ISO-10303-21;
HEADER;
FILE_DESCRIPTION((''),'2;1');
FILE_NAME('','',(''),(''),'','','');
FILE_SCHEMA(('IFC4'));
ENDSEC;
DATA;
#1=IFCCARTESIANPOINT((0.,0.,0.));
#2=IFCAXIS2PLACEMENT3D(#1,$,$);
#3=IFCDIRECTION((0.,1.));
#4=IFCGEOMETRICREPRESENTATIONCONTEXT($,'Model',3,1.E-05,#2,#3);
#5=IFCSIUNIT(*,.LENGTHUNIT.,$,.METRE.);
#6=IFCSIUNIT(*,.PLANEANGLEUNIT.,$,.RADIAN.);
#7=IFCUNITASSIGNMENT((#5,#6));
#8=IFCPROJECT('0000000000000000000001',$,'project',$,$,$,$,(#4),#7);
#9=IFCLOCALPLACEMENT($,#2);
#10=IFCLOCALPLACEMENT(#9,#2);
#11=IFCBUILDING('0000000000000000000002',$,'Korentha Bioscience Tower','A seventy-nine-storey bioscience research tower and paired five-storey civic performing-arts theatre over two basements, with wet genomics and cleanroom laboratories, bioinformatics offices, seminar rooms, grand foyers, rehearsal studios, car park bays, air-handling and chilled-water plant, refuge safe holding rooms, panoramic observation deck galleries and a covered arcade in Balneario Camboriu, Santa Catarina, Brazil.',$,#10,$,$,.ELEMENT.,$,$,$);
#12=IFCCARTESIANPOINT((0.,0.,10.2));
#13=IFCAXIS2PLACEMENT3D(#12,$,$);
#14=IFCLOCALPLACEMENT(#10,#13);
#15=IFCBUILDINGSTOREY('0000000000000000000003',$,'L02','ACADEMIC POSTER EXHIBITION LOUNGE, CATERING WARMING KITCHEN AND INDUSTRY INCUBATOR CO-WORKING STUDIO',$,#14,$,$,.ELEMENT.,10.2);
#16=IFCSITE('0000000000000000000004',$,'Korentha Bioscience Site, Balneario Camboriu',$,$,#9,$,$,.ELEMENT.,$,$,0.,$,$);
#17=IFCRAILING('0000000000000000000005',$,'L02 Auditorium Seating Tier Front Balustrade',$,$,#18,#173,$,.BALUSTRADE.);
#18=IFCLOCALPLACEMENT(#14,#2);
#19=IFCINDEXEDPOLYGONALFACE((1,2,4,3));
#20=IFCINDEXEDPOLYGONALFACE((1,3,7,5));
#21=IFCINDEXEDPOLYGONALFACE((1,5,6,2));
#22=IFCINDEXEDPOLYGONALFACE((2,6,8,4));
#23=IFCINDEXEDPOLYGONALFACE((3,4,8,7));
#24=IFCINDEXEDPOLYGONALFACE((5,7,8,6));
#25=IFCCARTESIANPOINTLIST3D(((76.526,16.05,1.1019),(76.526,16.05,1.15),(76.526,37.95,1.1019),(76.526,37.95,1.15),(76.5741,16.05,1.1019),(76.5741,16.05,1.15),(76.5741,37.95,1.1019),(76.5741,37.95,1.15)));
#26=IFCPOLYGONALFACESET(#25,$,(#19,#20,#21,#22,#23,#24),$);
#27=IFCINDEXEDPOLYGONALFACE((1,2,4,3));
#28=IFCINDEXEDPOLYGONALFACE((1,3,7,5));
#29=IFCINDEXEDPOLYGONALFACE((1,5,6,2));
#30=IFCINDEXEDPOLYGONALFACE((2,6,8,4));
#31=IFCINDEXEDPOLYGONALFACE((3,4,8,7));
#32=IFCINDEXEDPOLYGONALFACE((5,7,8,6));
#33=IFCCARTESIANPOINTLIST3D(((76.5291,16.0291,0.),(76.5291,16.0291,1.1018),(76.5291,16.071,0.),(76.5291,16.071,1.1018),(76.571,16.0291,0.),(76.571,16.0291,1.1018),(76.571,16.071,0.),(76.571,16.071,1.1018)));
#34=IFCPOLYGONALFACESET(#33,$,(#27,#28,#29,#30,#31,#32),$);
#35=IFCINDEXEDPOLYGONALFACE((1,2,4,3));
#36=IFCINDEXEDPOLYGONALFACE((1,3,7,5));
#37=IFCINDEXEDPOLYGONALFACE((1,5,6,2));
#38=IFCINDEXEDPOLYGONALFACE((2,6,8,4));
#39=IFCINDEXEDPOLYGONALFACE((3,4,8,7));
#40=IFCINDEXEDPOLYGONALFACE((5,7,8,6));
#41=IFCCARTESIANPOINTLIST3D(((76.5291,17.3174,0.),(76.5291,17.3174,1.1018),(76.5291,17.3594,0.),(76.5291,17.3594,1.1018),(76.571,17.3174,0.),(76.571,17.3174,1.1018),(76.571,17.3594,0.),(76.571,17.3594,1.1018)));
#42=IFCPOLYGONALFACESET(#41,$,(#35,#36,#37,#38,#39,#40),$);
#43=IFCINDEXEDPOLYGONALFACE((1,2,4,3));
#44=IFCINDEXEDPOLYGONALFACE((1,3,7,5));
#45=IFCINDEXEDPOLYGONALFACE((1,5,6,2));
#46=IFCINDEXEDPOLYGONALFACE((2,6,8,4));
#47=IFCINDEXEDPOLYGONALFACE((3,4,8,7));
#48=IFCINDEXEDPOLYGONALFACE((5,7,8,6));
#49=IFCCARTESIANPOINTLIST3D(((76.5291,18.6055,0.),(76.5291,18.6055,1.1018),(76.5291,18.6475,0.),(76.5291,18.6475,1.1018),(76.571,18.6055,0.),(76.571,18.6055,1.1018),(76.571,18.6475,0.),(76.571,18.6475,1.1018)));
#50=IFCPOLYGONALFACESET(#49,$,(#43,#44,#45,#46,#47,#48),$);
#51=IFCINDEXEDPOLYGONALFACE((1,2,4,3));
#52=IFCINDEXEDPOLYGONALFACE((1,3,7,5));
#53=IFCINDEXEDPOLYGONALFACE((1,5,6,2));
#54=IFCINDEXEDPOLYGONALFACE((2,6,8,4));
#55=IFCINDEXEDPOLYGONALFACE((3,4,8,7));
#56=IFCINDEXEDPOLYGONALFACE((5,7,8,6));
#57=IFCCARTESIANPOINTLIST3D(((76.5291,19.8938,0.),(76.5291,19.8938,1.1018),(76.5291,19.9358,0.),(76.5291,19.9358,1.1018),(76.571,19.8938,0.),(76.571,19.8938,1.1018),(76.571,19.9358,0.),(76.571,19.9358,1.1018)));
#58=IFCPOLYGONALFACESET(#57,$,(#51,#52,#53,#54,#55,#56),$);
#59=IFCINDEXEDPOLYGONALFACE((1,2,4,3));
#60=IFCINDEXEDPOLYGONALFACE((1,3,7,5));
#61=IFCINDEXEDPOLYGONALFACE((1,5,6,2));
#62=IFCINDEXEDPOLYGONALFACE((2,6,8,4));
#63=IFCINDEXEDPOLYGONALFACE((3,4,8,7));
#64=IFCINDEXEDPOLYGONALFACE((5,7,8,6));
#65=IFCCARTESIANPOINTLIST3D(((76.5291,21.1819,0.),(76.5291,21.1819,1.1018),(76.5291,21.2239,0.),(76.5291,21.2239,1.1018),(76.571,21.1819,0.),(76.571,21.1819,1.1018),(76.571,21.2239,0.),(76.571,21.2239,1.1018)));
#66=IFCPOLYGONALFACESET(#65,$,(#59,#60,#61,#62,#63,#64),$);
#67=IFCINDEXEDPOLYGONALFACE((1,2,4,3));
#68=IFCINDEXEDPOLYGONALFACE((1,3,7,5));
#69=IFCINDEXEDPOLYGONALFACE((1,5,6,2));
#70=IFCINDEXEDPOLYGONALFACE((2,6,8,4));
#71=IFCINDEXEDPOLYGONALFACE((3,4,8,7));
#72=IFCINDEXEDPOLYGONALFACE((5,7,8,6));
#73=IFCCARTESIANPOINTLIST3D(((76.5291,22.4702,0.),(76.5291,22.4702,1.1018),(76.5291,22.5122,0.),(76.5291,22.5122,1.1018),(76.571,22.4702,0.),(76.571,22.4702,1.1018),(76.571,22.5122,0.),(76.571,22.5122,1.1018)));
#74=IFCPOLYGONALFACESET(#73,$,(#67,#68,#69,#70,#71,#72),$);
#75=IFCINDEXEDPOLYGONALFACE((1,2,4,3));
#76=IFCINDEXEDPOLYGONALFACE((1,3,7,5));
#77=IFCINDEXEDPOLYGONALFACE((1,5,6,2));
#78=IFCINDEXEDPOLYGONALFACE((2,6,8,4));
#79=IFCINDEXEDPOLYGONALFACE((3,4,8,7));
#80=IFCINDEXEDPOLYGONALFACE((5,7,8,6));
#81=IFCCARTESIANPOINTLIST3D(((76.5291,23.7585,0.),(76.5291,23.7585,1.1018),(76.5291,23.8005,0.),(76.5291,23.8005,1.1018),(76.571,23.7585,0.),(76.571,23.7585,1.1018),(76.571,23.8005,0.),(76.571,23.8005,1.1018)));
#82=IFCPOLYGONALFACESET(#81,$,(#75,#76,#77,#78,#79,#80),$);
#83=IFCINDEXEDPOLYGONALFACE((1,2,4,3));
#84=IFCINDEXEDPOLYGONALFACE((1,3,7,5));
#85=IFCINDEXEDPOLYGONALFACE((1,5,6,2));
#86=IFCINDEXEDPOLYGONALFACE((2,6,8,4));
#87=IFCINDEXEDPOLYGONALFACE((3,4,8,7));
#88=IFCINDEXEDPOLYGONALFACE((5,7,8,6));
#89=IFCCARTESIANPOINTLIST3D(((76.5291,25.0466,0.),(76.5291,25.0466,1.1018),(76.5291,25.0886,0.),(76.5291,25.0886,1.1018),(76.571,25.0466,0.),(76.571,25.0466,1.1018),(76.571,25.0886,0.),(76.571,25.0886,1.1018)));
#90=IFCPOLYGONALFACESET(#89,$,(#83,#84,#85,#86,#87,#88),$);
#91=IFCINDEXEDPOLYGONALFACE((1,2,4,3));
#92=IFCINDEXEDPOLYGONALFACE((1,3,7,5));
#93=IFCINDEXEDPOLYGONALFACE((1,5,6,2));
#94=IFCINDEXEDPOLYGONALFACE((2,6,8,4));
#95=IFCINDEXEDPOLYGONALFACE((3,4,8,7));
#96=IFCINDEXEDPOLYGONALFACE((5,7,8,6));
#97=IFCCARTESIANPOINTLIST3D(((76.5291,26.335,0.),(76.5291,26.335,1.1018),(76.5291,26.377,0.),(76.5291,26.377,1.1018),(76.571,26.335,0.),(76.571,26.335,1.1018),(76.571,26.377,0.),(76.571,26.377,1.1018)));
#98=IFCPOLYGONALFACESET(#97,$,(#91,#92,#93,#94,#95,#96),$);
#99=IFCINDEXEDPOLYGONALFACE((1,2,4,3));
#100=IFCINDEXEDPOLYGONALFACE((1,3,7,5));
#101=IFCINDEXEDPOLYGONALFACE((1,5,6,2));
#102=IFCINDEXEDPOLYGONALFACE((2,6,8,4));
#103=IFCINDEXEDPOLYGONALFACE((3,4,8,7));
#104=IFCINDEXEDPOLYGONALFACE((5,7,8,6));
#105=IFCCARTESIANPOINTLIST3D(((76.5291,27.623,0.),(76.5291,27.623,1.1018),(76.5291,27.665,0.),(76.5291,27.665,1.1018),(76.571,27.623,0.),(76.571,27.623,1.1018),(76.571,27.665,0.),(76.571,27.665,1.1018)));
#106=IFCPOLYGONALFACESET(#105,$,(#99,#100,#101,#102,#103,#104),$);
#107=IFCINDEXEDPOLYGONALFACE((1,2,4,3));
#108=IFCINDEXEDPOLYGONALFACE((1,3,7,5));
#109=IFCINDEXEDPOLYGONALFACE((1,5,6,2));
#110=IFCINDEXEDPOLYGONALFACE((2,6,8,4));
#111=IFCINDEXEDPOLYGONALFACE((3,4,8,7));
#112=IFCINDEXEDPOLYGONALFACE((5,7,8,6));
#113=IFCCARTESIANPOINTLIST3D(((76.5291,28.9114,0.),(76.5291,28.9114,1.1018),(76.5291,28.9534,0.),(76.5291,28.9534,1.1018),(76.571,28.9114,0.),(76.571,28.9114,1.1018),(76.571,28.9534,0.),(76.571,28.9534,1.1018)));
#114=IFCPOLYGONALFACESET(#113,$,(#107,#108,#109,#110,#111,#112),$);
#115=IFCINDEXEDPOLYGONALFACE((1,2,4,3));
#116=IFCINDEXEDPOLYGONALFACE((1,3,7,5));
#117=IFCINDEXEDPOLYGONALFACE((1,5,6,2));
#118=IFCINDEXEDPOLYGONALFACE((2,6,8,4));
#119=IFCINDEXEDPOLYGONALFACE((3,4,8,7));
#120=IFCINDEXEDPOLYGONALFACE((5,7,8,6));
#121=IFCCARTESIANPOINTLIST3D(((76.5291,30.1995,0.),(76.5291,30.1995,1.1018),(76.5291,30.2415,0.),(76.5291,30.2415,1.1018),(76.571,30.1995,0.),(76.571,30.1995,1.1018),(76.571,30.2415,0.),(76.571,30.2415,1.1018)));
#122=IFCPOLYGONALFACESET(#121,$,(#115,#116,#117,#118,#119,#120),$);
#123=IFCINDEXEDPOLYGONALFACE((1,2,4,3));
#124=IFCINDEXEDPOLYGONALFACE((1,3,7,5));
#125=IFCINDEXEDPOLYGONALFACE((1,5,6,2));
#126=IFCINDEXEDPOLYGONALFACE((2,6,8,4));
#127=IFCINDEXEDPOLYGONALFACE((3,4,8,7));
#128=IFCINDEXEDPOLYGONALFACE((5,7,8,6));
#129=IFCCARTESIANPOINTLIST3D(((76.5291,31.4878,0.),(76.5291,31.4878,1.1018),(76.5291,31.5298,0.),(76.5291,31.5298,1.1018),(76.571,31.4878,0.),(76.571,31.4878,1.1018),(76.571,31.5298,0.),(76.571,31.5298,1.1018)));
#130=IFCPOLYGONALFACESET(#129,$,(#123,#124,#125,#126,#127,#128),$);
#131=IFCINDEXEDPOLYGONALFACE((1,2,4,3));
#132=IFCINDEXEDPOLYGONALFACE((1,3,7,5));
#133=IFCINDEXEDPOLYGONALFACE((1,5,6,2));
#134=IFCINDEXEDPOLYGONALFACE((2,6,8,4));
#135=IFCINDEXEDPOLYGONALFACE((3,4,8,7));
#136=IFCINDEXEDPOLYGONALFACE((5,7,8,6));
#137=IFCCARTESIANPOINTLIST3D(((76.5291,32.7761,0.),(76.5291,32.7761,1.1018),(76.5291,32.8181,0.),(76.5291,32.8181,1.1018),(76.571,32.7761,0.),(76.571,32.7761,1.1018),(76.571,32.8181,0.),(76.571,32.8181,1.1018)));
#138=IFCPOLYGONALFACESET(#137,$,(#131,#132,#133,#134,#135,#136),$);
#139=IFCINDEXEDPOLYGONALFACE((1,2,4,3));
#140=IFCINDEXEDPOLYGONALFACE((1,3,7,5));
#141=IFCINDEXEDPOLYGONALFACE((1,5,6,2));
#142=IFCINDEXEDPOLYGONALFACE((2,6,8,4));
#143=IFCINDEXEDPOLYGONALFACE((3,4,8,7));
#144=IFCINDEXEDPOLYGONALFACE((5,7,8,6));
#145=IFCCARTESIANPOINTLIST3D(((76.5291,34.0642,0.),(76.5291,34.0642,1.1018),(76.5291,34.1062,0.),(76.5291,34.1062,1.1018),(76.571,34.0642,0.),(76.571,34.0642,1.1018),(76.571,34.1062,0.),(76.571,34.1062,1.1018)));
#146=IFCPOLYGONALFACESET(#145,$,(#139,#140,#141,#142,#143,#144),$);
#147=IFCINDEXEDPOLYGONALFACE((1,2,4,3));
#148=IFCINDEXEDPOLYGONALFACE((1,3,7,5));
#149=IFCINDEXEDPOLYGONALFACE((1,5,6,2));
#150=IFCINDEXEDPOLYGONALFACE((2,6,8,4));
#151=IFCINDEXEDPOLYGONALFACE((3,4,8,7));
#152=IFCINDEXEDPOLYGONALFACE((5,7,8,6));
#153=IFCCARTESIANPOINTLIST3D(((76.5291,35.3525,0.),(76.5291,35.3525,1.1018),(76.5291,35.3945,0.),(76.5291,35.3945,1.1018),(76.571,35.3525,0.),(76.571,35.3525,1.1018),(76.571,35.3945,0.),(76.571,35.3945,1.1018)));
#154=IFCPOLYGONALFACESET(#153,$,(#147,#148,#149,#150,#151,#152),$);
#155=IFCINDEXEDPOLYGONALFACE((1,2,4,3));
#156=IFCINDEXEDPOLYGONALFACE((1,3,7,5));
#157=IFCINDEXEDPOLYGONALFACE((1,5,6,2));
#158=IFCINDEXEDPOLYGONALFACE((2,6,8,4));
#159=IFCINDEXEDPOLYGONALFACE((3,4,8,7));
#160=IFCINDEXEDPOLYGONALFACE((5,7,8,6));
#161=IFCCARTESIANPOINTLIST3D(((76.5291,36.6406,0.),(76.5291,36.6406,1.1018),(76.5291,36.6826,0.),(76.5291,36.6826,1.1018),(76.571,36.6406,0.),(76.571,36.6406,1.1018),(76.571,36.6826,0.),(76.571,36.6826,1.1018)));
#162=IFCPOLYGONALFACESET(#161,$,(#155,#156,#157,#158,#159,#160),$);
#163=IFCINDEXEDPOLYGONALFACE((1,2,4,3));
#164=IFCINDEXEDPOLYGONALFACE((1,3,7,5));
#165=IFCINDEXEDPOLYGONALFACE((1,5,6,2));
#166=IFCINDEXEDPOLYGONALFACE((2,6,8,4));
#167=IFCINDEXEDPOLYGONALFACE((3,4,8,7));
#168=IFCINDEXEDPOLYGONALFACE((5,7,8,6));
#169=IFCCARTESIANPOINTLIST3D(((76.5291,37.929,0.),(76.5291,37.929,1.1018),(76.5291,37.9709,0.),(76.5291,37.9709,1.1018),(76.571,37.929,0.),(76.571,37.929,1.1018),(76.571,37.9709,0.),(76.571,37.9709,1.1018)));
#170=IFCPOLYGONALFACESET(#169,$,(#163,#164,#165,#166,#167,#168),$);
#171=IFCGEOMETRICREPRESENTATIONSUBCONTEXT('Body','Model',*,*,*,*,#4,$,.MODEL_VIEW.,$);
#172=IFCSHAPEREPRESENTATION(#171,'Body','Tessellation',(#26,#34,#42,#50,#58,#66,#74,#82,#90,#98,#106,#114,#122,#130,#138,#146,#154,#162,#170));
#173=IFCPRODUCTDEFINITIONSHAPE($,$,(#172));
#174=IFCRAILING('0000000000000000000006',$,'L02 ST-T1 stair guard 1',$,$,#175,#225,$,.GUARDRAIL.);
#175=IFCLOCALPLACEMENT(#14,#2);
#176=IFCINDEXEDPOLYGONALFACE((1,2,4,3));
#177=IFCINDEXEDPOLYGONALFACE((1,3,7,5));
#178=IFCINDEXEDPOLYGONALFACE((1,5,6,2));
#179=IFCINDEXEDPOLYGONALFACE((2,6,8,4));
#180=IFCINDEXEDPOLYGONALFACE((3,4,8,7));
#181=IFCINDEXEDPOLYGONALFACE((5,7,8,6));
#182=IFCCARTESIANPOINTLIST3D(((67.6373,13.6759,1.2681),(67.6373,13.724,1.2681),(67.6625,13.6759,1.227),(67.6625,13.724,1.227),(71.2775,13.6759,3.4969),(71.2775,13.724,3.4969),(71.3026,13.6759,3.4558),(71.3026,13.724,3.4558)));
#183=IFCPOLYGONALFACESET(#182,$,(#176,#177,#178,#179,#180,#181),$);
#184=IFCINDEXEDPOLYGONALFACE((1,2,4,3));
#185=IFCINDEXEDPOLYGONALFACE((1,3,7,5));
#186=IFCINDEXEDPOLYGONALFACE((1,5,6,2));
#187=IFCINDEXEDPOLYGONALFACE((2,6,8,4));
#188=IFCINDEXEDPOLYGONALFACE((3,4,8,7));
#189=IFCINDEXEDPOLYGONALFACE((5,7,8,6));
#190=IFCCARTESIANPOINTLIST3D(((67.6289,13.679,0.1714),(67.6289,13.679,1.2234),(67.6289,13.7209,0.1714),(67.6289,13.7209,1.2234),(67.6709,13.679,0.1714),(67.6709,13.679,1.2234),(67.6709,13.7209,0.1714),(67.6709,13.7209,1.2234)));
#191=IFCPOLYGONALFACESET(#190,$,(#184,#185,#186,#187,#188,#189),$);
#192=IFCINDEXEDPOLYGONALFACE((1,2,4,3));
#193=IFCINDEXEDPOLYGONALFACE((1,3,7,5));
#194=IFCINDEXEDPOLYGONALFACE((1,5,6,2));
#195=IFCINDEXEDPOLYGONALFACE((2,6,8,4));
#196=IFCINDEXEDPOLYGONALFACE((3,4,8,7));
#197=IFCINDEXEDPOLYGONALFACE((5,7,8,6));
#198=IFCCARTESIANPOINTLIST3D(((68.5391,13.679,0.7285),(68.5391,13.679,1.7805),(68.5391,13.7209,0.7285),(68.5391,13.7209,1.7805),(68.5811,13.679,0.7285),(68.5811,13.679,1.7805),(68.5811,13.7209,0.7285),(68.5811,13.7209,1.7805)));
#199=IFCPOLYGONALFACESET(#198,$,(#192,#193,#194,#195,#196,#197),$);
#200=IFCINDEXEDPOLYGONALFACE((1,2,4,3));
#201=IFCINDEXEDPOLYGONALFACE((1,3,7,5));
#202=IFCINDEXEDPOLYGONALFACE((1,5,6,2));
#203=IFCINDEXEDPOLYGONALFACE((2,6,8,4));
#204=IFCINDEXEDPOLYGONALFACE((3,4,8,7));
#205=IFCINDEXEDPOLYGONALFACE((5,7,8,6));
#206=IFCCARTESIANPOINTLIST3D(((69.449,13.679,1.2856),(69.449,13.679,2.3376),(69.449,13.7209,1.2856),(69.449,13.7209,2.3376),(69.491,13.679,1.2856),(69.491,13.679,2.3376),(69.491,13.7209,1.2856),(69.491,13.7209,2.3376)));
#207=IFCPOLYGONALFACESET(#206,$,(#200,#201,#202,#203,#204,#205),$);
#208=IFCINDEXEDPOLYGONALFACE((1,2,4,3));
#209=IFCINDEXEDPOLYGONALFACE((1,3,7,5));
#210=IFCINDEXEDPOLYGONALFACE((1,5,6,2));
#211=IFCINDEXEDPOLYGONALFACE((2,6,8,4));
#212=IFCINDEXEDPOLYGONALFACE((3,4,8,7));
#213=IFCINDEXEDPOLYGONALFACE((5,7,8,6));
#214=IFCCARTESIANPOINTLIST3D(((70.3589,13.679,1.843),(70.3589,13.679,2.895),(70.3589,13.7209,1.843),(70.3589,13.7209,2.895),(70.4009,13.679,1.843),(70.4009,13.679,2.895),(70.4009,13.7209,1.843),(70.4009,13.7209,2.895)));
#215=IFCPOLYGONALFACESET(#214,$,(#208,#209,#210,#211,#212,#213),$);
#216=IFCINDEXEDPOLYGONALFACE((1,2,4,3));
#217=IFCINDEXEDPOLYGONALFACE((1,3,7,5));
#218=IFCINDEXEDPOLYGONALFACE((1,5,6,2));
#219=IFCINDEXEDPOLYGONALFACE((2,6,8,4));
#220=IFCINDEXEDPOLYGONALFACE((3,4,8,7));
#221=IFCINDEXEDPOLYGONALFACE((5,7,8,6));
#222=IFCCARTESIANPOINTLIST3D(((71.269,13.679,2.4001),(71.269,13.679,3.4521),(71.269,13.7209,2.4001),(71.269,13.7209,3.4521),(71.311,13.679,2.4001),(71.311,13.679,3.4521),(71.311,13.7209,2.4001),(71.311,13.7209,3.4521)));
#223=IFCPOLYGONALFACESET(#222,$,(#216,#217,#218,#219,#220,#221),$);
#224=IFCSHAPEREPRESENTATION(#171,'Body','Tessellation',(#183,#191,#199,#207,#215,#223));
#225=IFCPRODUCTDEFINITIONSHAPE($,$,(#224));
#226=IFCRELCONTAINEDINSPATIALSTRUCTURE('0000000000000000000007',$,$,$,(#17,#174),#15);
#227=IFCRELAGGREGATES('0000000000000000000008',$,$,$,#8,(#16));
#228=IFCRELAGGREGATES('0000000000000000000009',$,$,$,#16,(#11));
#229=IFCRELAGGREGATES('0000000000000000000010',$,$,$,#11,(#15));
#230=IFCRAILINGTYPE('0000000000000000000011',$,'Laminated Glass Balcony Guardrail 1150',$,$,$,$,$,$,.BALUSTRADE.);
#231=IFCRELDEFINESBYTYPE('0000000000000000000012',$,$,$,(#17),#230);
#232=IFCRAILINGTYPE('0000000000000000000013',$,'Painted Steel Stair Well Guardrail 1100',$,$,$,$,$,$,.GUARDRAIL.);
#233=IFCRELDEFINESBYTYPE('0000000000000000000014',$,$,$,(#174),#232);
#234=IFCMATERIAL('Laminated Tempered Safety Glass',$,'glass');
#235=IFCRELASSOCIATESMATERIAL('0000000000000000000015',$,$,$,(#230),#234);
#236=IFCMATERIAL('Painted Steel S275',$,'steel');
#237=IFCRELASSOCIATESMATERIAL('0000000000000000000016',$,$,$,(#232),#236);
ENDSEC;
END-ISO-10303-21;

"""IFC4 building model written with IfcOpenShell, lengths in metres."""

from ifc_helpers import new_model, si_unit, direction, frame, origin, origin_2d, place, context, subcontext, project, spatial, rectangle, extrude, material, type_object, element, save


model = new_model("IFC4")

# Units and contexts
model_context = context("Model", 3, precision=1e-05, world=origin(), true_north=direction((0.0, 1.0)))
body_context = subcontext(model_context, "Body", "Model", "MODEL_VIEW")
ifc_project = project(units=[si_unit("LENGTHUNIT", "METRE"), si_unit("PLANEANGLEUNIT", "RADIAN")], contexts=[model_context])

# Site, building, storey
site_placement = place(None, origin())
site = spatial("IfcSite", under=ifc_project, at=site_placement, Name="Korentha Bioscience Site, Balneario Camboriu", CompositionType="ELEMENT", RefElevation=0.0)
building_placement = place(site_placement, origin())
building = spatial("IfcBuilding", under=site, at=building_placement, Name="Korentha Bioscience Tower", Description="A seventy-nine-storey bioscience research tower and paired five-storey civic performing-arts theatre over two basements, with wet genomics and cleanroom laboratories, bioinformatics offices, seminar rooms, grand foyers, rehearsal studios, car park bays, air-handling and chilled-water plant, refuge safe holding rooms, panoramic observation deck galleries and a covered arcade in Balneario Camboriu, Santa Catarina, Brazil.", CompositionType="ELEMENT")
storey_placement = place(building_placement, frame((0.0, 0.0, 10.2)))
storey = spatial("IfcBuildingStorey", under=building, at=storey_placement, Name="L02", Description="ACADEMIC POSTER EXHIBITION LOUNGE, CATERING WARMING KITCHEN AND INDUSTRY INCUBATOR CO-WORKING STUDIO", CompositionType="ELEMENT", Elevation=10.2)

# Railings
ifc_material_1 = material(Name="Laminated Tempered Safety Glass", Category="glass")
railing_type_1 = type_object("IfcRailingType", Name="Laminated Glass Balcony Guardrail 1150", PredefinedType="BALUSTRADE", material=ifc_material_1)
railing_1_placement = place(storey_placement, frame((76.55, 16.05, 0.0)))
element("IfcRailing", 1, at=railing_1_placement, inside=storey, type_object=railing_type_1, Name="L02 Auditorium Seating Tier Front Balustrade", PredefinedType="BALUSTRADE", context=body_context, shape_type="SweptSolid", body=[
    extrude(rectangle(XDim=0.0481, YDim=0.0481, at=origin_2d()), frame((0.0, 0.0, 1.126), z_axis=(0.0, 1.0, 0.0), x_axis=(-1.0, 0.0, 0.0)), (0.0, 0.0, 1.0), 21.8999),
    extrude(rectangle(XDim=0.042, YDim=0.042, at=origin_2d()), origin(), (0.0, 0.0, 1.0), 1.1018),
    extrude(rectangle(XDim=0.042, YDim=0.042, at=origin_2d()), frame((0.0, 1.2883, 0.0)), (0.0, 0.0, 1.0), 1.1018),
    extrude(rectangle(XDim=0.042, YDim=0.042, at=origin_2d()), frame((0.0, 2.5764, 0.0)), (0.0, 0.0, 1.0), 1.1018),
    extrude(rectangle(XDim=0.042, YDim=0.042, at=origin_2d()), frame((0.0, 3.8647, 0.0)), (0.0, 0.0, 1.0), 1.1018),
    extrude(rectangle(XDim=0.042, YDim=0.042, at=origin_2d()), frame((0.0, 5.1528, 0.0)), (0.0, 0.0, 1.0), 1.1018),
    extrude(rectangle(XDim=0.042, YDim=0.042, at=origin_2d()), frame((0.0, 6.4412, 0.0)), (0.0, 0.0, 1.0), 1.1018),
    extrude(rectangle(XDim=0.042, YDim=0.042, at=origin_2d()), frame((0.0, 7.7295, 0.0)), (0.0, 0.0, 1.0), 1.1018),
    extrude(rectangle(XDim=0.042, YDim=0.042, at=origin_2d()), frame((0.0, 9.0176, 0.0)), (0.0, 0.0, 1.0), 1.1018),
    extrude(rectangle(XDim=0.042, YDim=0.042, at=origin_2d()), frame((0.0, 10.3059, 0.0)), (0.0, 0.0, 1.0), 1.1018),
    extrude(rectangle(XDim=0.042, YDim=0.042, at=origin_2d()), frame((0.0, 11.594, 0.0)), (0.0, 0.0, 1.0), 1.1018),
    extrude(rectangle(XDim=0.042, YDim=0.042, at=origin_2d()), frame((0.0, 12.8823, 0.0)), (0.0, 0.0, 1.0), 1.1018),
    extrude(rectangle(XDim=0.042, YDim=0.042, at=origin_2d()), frame((0.0, 14.1704, 0.0)), (0.0, 0.0, 1.0), 1.1018),
    extrude(rectangle(XDim=0.042, YDim=0.042, at=origin_2d()), frame((0.0, 15.4587, 0.0)), (0.0, 0.0, 1.0), 1.1018),
    extrude(rectangle(XDim=0.042, YDim=0.042, at=origin_2d()), frame((0.0, 16.7471, 0.0)), (0.0, 0.0, 1.0), 1.1018),
    extrude(rectangle(XDim=0.042, YDim=0.042, at=origin_2d()), frame((0.0, 18.0352, 0.0)), (0.0, 0.0, 1.0), 1.1018),
    extrude(rectangle(XDim=0.042, YDim=0.042, at=origin_2d()), frame((0.0, 19.3235, 0.0)), (0.0, 0.0, 1.0), 1.1018),
    extrude(rectangle(XDim=0.042, YDim=0.042, at=origin_2d()), frame((0.0, 20.6116, 0.0)), (0.0, 0.0, 1.0), 1.1018),
    extrude(rectangle(XDim=0.042, YDim=0.042, at=origin_2d()), frame((0.0, 21.8999, 0.0)), (0.0, 0.0, 1.0), 1.1018),
])
ifc_material_2 = material(Name="Painted Steel S275", Category="steel")
railing_type_2 = type_object("IfcRailingType", Name="Painted Steel Stair Well Guardrail 1100", PredefinedType="GUARDRAIL", material=ifc_material_2)
railing_2_placement = place(storey_placement, frame((67.6499, 13.7, 0.1714)))
element("IfcRailing", 2, at=railing_2_placement, inside=storey, type_object=railing_type_2, Name="L02 ST-T1 stair guard 1", PredefinedType="GUARDRAIL", context=body_context, shape_type="SweptSolid", body=[
    extrude(rectangle(XDim=0.0481, YDim=0.0481, at=origin_2d()), frame((0.0, 0.0, 1.0762), z_axis=(0.85284, 0.0, 0.522172), x_axis=(0.0, 1.0, 0.0)), (0.0, 0.0, 1.0), 4.2683),
    extrude(rectangle(XDim=0.042, YDim=0.042, at=origin_2d()), origin(), (0.0, 0.0, 1.0), 1.052),
    extrude(rectangle(XDim=0.042, YDim=0.042, at=origin_2d()), frame((0.9102, 0.0, 0.5571)), (0.0, 0.0, 1.0), 1.052),
    extrude(rectangle(XDim=0.042, YDim=0.042, at=origin_2d()), frame((1.8201, 0.0, 1.1143)), (0.0, 0.0, 1.0), 1.052),
    extrude(rectangle(XDim=0.042, YDim=0.042, at=origin_2d()), frame((2.73, 0.0, 1.6716)), (0.0, 0.0, 1.0), 1.052),
    extrude(rectangle(XDim=0.042, YDim=0.042, at=origin_2d()), frame((3.6401, 0.0, 2.2288)), (0.0, 0.0, 1.0), 1.052),
])

save(model, "model.ifc")
